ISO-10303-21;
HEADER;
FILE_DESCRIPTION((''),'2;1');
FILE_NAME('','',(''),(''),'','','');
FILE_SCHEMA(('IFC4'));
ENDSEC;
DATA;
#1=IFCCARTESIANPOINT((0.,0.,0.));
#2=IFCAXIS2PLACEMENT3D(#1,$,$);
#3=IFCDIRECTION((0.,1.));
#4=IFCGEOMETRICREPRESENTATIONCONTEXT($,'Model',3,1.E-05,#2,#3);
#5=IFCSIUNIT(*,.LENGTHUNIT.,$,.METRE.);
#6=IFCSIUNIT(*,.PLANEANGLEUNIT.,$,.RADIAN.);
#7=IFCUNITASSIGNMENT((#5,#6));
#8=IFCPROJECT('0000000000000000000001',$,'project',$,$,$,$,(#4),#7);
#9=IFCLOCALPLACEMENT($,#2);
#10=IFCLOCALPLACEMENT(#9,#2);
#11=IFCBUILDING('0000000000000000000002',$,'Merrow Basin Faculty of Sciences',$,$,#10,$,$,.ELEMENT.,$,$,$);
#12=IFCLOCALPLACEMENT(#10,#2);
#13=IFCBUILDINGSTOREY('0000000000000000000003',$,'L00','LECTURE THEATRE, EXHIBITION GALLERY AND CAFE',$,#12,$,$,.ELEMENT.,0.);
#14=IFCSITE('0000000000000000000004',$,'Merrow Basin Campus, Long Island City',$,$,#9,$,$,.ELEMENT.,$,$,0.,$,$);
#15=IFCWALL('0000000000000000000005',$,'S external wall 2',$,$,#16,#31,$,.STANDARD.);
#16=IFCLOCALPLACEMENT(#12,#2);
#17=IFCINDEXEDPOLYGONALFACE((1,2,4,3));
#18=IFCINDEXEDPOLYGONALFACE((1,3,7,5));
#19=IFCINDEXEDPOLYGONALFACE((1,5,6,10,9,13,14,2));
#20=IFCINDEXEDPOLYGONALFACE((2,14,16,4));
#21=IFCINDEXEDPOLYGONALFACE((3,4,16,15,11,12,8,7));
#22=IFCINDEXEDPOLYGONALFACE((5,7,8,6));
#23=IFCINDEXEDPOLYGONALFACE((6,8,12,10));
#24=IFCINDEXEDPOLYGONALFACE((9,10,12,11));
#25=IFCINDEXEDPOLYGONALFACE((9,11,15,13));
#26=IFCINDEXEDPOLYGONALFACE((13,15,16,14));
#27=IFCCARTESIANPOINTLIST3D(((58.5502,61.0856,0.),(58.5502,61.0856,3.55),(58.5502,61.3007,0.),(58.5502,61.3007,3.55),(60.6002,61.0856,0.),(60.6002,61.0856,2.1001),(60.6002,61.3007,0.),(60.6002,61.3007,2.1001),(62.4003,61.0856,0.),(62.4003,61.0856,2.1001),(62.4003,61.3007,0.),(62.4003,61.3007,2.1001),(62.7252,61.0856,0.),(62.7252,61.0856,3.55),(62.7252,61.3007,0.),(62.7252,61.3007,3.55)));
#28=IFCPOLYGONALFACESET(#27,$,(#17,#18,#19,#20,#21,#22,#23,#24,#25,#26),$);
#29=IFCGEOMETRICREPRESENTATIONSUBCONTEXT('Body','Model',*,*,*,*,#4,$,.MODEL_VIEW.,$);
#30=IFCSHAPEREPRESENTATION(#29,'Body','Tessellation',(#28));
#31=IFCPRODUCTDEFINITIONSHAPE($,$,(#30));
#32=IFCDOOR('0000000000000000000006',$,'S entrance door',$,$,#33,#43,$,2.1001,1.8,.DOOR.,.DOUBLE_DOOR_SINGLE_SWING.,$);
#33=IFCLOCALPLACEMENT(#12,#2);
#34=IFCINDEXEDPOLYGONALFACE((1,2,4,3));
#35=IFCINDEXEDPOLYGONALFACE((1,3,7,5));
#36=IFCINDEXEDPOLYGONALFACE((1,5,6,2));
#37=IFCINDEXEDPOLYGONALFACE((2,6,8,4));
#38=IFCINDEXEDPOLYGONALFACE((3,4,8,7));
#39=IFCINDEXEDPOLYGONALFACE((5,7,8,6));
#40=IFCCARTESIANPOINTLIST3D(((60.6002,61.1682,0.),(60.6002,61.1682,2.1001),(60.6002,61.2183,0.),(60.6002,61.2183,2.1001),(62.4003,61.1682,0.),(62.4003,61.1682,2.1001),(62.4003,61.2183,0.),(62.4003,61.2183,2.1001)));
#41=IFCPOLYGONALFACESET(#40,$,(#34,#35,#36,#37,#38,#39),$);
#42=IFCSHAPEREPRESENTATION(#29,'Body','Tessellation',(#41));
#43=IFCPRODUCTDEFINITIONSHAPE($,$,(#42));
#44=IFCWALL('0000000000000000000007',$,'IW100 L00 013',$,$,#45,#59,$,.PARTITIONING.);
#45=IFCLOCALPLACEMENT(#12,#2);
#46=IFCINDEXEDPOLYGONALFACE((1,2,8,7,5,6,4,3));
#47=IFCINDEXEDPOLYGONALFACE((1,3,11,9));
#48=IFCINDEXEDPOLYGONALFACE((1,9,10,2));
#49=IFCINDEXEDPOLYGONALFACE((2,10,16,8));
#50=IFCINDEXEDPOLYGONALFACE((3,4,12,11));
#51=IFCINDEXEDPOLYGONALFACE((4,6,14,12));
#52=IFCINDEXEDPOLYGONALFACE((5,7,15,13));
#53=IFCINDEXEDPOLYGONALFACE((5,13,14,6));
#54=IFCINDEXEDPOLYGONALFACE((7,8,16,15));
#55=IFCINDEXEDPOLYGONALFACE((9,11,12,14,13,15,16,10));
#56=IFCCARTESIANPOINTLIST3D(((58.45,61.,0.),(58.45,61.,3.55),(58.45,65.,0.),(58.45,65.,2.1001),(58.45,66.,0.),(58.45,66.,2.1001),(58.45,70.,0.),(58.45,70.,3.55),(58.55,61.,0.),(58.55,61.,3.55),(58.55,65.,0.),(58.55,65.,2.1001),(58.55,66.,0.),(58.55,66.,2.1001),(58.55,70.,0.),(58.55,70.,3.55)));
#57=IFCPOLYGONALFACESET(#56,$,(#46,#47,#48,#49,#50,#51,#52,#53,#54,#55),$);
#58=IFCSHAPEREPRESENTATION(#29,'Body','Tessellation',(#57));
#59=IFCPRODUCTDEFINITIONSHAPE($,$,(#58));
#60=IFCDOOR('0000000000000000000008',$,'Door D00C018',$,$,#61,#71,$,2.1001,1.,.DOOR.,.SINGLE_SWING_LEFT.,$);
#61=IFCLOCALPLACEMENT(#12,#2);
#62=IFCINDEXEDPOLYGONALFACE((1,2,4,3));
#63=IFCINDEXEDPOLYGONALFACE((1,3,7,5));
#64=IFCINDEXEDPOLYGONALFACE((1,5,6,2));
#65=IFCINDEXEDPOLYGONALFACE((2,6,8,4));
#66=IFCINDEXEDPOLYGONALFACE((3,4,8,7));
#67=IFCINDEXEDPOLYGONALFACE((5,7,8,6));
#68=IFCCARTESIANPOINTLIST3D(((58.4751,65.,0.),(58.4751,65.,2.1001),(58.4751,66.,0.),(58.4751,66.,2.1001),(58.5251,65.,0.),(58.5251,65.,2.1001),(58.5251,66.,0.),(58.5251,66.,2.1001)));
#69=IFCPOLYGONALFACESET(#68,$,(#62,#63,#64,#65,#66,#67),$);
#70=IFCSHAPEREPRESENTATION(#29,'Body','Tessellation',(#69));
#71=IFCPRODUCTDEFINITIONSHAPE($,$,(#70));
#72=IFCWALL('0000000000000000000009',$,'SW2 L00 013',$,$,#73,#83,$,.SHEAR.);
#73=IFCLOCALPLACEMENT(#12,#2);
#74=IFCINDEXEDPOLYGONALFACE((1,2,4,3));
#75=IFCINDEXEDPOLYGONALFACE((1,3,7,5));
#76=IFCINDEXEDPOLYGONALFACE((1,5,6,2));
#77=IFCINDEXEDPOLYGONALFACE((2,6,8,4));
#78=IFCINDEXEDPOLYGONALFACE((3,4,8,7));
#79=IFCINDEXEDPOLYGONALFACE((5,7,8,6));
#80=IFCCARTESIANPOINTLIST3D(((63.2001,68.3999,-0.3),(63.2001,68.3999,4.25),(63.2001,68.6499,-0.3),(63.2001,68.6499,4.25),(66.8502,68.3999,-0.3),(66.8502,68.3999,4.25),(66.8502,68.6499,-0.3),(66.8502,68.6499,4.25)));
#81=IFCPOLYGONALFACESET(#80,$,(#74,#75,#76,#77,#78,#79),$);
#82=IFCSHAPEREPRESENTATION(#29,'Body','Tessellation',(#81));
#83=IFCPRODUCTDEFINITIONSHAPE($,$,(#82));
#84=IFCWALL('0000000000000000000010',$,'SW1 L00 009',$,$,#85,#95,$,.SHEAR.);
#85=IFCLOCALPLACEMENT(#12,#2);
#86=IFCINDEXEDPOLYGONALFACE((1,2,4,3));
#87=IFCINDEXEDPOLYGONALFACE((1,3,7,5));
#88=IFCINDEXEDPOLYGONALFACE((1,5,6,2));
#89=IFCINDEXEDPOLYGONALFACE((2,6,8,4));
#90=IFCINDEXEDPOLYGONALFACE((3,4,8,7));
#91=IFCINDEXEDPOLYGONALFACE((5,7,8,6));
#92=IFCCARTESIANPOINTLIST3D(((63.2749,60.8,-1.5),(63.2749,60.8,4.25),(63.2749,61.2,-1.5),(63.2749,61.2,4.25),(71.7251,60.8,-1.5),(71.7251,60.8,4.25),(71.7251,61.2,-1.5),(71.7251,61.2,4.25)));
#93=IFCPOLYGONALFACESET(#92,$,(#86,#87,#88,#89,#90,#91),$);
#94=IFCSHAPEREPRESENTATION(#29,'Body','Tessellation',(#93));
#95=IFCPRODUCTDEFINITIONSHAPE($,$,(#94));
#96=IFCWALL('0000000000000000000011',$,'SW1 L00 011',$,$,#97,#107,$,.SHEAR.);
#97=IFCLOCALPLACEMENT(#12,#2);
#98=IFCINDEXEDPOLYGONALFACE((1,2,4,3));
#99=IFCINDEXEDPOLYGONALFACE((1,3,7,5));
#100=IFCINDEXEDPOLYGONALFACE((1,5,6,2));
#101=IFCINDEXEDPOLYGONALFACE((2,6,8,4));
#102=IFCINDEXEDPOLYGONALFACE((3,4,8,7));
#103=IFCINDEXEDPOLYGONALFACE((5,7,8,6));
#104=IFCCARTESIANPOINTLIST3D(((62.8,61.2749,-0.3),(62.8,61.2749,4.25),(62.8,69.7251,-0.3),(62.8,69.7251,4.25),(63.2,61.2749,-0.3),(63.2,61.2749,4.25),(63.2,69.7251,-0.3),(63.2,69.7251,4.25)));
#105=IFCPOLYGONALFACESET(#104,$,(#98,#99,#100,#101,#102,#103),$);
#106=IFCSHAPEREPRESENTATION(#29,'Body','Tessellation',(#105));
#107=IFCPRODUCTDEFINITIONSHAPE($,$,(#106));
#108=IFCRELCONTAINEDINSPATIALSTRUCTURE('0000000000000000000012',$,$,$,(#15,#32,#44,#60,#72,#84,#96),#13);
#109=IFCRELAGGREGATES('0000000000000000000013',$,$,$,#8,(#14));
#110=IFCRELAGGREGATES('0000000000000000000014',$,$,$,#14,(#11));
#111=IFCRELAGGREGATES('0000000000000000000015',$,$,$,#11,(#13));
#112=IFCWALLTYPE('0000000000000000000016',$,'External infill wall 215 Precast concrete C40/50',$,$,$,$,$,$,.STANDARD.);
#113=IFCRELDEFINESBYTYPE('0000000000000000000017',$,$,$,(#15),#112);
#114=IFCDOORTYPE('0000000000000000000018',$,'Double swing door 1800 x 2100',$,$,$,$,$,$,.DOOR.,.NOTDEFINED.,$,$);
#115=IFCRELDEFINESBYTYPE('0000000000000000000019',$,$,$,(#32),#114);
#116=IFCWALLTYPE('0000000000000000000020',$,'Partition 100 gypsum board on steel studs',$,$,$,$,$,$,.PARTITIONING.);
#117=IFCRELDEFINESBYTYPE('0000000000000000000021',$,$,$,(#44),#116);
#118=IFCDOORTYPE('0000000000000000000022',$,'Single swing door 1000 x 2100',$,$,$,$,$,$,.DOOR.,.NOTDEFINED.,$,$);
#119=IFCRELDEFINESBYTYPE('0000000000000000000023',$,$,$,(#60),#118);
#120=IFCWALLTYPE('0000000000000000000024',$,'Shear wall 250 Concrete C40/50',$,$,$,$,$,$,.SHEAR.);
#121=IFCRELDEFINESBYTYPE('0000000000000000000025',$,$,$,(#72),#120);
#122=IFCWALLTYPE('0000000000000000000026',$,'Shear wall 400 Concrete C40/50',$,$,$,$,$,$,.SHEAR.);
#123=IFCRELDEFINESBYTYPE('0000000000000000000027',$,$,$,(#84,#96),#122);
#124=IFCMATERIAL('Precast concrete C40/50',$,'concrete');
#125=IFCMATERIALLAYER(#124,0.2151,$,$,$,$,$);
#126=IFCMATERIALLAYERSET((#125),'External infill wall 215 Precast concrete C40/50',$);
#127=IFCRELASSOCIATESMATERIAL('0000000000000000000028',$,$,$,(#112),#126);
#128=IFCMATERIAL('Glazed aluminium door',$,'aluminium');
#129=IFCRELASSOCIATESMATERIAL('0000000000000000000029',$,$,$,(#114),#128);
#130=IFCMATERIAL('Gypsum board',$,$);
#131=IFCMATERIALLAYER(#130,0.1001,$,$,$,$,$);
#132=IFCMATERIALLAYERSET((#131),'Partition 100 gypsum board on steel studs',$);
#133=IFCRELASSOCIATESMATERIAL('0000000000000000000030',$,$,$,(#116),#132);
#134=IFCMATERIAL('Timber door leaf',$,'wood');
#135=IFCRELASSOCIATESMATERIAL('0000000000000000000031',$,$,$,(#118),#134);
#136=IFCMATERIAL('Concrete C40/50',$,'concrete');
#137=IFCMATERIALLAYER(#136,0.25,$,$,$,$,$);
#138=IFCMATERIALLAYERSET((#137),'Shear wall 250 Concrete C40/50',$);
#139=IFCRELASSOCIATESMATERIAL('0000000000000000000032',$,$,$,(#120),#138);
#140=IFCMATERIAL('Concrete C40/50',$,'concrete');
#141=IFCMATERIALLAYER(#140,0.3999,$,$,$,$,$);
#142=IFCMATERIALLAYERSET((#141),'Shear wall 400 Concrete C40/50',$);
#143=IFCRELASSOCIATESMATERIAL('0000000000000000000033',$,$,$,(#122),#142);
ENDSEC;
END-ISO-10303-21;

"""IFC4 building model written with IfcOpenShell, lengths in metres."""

from ifc_helpers import new_model, si_unit, direction, frame, frame_2d, origin, place, context, subcontext, project, spatial, rectangle, extrude, material, layer, layer_set, type_object, element, fill, save


model = new_model("IFC4")

# Units and contexts
model_context = context("Model", 3, precision=1e-05, world=origin(), true_north=direction((0.0, 1.0)))
body_context = subcontext(model_context, "Body", "Model", "MODEL_VIEW")
ifc_project = project(units=[si_unit("LENGTHUNIT", "METRE"), si_unit("PLANEANGLEUNIT", "RADIAN")], contexts=[model_context])

# Site, building, storey
site_placement = place(None, origin())
site = spatial("IfcSite", under=ifc_project, at=site_placement, Name="Merrow Basin Campus, Long Island City", CompositionType="ELEMENT", RefElevation=0.0)
building_placement = place(site_placement, origin())
building = spatial("IfcBuilding", under=site, at=building_placement, Name="Merrow Basin Faculty of Sciences", CompositionType="ELEMENT")
storey_placement = place(building_placement, origin())
storey = spatial("IfcBuildingStorey", under=building, at=storey_placement, Name="L00", Description="LECTURE THEATRE, EXHIBITION GALLERY AND CAFE", CompositionType="ELEMENT", Elevation=0.0)

# Walls, openings, doors
ifc_material_1 = material(Name="Precast concrete C40/50", Category="concrete")
ifc_layer_1 = layer(ifc_material_1, 0.2151)
ifc_layer_set_1 = layer_set([ifc_layer_1], Name="External infill wall 215 Precast concrete C40/50")
wall_type_1 = type_object("IfcWallType", Name="External infill wall 215 Precast concrete C40/50", PredefinedType="STANDARD", material=ifc_layer_set_1)
ifc_material_2 = material(Name="Glazed aluminium door", Category="aluminium")
door_type_1 = type_object("IfcDoorType", Name="Double swing door 1800 x 2100", OperationType="NOTDEFINED", PredefinedType="DOOR", material=ifc_material_2)
wall_1_placement = place(storey_placement, frame((62.7251, 61.1931, 0.0), z_axis=(0.0, 0.0, 1.0), x_axis=(-1.0, 0.0, 0.0)))
wall_1 = element("IfcWall", 1, at=wall_1_placement, inside=storey, type_object=wall_type_1, Name="S external wall 2", PredefinedType="STANDARD", context=body_context, shape_type="SweptSolid", body=[
    extrude(rectangle(XDim=4.175, YDim=0.2151, at=frame_2d((2.0874, 0.0))), origin(), (0.0, 0.0, 1.0), 3.55),
])
opening_1_placement = place(wall_1_placement, frame((0.325, 0.0, 0.0)))
opening_1 = element("IfcOpeningElement", 2, at=opening_1_placement, cuts=wall_1, PredefinedType="OPENING", context=body_context, shape_type="SweptSolid", body=[
    extrude(rectangle(XDim=1.8, YDim=2.1001, at=frame_2d((0.8999, 1.05))), frame((0.0, 0.1174, 0.0), z_axis=(0.0, -1.0, 0.0), x_axis=(1.0, 0.0, 0.0)), (0.0, 0.0, 1.0), 0.2351),
])
door_1_placement = place(opening_1_placement, origin())
door_1 = element("IfcDoor", 3, at=door_1_placement, inside=storey, type_object=door_type_1, Name="S entrance door", OperationType="DOUBLE_DOOR_SINGLE_SWING", OverallHeight=2.1001, OverallWidth=1.8, PredefinedType="DOOR", context=body_context, shape_type="SweptSolid", body=[
    extrude(rectangle(XDim=1.8, YDim=2.1001, at=frame_2d((0.8999, 1.05))), frame((0.0, 0.0249, 0.0), z_axis=(0.0, -1.0, 0.0), x_axis=(1.0, 0.0, 0.0)), (0.0, 0.0, 1.0), 0.05),
])
fill(opening_1, door_1)
ifc_material_3 = material(Name="Gypsum board")
ifc_layer_2 = layer(ifc_material_3, 0.1001)
ifc_layer_set_2 = layer_set([ifc_layer_2], Name="Partition 100 gypsum board on steel studs")
wall_type_2 = type_object("IfcWallType", Name="Partition 100 gypsum board on steel studs", PredefinedType="PARTITIONING", material=ifc_layer_set_2)
wall_2_placement = place(storey_placement, frame((58.5, 61.0, 0.0), z_axis=(0.0, 0.0, 1.0), x_axis=(0.0, 1.0, 0.0)))
wall_2 = element("IfcWall", 4, at=wall_2_placement, inside=storey, type_object=wall_type_2, Name="IW100 L00 013", PredefinedType="PARTITIONING", context=body_context, shape_type="SweptSolid", body=[
    extrude(rectangle(XDim=9.0, YDim=0.1001, at=frame_2d((4.5, 0.0))), origin(), (0.0, 0.0, 1.0), 3.55),
])
opening_2_placement = place(wall_2_placement, frame((4.0, 0.0, 0.0)))
opening_2 = element("IfcOpeningElement", 5, at=opening_2_placement, cuts=wall_2, PredefinedType="OPENING", context=body_context, shape_type="SweptSolid", body=[
    extrude(rectangle(XDim=1.0, YDim=2.1001, at=frame_2d((0.5, 1.05))), frame((0.0, 0.0601, 0.0), z_axis=(0.0, -1.0, 0.0), x_axis=(1.0, 0.0, 0.0)), (0.0, 0.0, 1.0), 0.1201),
])
ifc_material_4 = material(Name="Timber door leaf", Category="wood")
door_type_2 = type_object("IfcDoorType", Name="Single swing door 1000 x 2100", OperationType="NOTDEFINED", PredefinedType="DOOR", material=ifc_material_4)
door_2_placement = place(opening_2_placement, origin())
door_2 = element("IfcDoor", 6, at=door_2_placement, inside=storey, type_object=door_type_2, Name="Door D00C018", OperationType="SINGLE_SWING_LEFT", OverallHeight=2.1001, OverallWidth=1.0, PredefinedType="DOOR", context=body_context, shape_type="SweptSolid", body=[
    extrude(rectangle(XDim=1.0, YDim=2.1001, at=frame_2d((0.5, 1.05))), frame((0.0, 0.0249, 0.0), z_axis=(0.0, -1.0, 0.0), x_axis=(1.0, 0.0, 0.0)), (0.0, 0.0, 1.0), 0.05),
])
fill(opening_2, door_2)

# Walls
ifc_material_5 = material(Name="Concrete C40/50", Category="concrete")
ifc_layer_3 = layer(ifc_material_5, 0.25)
ifc_layer_set_3 = layer_set([ifc_layer_3], Name="Shear wall 250 Concrete C40/50")
wall_type_3 = type_object("IfcWallType", Name="Shear wall 250 Concrete C40/50", PredefinedType="SHEAR", material=ifc_layer_set_3)
wall_3_placement = place(storey_placement, frame((63.2, 68.5249, -0.3), z_axis=(0.0, 0.0, 1.0), x_axis=(1.0, 0.0, 0.0)))
element("IfcWall", 7, at=wall_3_placement, inside=storey, type_object=wall_type_3, Name="SW2 L00 013", PredefinedType="SHEAR", context=body_context, shape_type="SweptSolid", body=[
    extrude(rectangle(XDim=3.6501, YDim=0.25, at=frame_2d((1.8252, 0.0))), origin(), (0.0, 0.0, 1.0), 4.55),
])
ifc_material_6 = material(Name="Concrete C40/50", Category="concrete")
ifc_layer_4 = layer(ifc_material_6, 0.3999)
ifc_layer_set_4 = layer_set([ifc_layer_4], Name="Shear wall 400 Concrete C40/50")
wall_type_4 = type_object("IfcWallType", Name="Shear wall 400 Concrete C40/50", PredefinedType="SHEAR", material=ifc_layer_set_4)
wall_4_placement = place(storey_placement, frame((63.2749, 61.0, -1.5), z_axis=(0.0, 0.0, 1.0), x_axis=(1.0, 0.0, 0.0)))
element("IfcWall", 8, at=wall_4_placement, inside=storey, type_object=wall_type_4, Name="SW1 L00 009", PredefinedType="SHEAR", context=body_context, shape_type="SweptSolid", body=[
    extrude(rectangle(XDim=8.4502, YDim=0.3999, at=frame_2d((4.2251, 0.0))), origin(), (0.0, 0.0, 1.0), 5.75),
])
wall_5_placement = place(storey_placement, frame((63.0, 61.2749, -0.3), z_axis=(0.0, 0.0, 1.0), x_axis=(0.0, 1.0, 0.0)))
element("IfcWall", 9, at=wall_5_placement, inside=storey, type_object=wall_type_4, Name="SW1 L00 011", PredefinedType="SHEAR", context=body_context, shape_type="SweptSolid", body=[
    extrude(rectangle(XDim=8.4502, YDim=0.3999, at=frame_2d((4.2251, 0.0))), origin(), (0.0, 0.0, 1.0), 4.55),
])

save(model, "model.ifc")
